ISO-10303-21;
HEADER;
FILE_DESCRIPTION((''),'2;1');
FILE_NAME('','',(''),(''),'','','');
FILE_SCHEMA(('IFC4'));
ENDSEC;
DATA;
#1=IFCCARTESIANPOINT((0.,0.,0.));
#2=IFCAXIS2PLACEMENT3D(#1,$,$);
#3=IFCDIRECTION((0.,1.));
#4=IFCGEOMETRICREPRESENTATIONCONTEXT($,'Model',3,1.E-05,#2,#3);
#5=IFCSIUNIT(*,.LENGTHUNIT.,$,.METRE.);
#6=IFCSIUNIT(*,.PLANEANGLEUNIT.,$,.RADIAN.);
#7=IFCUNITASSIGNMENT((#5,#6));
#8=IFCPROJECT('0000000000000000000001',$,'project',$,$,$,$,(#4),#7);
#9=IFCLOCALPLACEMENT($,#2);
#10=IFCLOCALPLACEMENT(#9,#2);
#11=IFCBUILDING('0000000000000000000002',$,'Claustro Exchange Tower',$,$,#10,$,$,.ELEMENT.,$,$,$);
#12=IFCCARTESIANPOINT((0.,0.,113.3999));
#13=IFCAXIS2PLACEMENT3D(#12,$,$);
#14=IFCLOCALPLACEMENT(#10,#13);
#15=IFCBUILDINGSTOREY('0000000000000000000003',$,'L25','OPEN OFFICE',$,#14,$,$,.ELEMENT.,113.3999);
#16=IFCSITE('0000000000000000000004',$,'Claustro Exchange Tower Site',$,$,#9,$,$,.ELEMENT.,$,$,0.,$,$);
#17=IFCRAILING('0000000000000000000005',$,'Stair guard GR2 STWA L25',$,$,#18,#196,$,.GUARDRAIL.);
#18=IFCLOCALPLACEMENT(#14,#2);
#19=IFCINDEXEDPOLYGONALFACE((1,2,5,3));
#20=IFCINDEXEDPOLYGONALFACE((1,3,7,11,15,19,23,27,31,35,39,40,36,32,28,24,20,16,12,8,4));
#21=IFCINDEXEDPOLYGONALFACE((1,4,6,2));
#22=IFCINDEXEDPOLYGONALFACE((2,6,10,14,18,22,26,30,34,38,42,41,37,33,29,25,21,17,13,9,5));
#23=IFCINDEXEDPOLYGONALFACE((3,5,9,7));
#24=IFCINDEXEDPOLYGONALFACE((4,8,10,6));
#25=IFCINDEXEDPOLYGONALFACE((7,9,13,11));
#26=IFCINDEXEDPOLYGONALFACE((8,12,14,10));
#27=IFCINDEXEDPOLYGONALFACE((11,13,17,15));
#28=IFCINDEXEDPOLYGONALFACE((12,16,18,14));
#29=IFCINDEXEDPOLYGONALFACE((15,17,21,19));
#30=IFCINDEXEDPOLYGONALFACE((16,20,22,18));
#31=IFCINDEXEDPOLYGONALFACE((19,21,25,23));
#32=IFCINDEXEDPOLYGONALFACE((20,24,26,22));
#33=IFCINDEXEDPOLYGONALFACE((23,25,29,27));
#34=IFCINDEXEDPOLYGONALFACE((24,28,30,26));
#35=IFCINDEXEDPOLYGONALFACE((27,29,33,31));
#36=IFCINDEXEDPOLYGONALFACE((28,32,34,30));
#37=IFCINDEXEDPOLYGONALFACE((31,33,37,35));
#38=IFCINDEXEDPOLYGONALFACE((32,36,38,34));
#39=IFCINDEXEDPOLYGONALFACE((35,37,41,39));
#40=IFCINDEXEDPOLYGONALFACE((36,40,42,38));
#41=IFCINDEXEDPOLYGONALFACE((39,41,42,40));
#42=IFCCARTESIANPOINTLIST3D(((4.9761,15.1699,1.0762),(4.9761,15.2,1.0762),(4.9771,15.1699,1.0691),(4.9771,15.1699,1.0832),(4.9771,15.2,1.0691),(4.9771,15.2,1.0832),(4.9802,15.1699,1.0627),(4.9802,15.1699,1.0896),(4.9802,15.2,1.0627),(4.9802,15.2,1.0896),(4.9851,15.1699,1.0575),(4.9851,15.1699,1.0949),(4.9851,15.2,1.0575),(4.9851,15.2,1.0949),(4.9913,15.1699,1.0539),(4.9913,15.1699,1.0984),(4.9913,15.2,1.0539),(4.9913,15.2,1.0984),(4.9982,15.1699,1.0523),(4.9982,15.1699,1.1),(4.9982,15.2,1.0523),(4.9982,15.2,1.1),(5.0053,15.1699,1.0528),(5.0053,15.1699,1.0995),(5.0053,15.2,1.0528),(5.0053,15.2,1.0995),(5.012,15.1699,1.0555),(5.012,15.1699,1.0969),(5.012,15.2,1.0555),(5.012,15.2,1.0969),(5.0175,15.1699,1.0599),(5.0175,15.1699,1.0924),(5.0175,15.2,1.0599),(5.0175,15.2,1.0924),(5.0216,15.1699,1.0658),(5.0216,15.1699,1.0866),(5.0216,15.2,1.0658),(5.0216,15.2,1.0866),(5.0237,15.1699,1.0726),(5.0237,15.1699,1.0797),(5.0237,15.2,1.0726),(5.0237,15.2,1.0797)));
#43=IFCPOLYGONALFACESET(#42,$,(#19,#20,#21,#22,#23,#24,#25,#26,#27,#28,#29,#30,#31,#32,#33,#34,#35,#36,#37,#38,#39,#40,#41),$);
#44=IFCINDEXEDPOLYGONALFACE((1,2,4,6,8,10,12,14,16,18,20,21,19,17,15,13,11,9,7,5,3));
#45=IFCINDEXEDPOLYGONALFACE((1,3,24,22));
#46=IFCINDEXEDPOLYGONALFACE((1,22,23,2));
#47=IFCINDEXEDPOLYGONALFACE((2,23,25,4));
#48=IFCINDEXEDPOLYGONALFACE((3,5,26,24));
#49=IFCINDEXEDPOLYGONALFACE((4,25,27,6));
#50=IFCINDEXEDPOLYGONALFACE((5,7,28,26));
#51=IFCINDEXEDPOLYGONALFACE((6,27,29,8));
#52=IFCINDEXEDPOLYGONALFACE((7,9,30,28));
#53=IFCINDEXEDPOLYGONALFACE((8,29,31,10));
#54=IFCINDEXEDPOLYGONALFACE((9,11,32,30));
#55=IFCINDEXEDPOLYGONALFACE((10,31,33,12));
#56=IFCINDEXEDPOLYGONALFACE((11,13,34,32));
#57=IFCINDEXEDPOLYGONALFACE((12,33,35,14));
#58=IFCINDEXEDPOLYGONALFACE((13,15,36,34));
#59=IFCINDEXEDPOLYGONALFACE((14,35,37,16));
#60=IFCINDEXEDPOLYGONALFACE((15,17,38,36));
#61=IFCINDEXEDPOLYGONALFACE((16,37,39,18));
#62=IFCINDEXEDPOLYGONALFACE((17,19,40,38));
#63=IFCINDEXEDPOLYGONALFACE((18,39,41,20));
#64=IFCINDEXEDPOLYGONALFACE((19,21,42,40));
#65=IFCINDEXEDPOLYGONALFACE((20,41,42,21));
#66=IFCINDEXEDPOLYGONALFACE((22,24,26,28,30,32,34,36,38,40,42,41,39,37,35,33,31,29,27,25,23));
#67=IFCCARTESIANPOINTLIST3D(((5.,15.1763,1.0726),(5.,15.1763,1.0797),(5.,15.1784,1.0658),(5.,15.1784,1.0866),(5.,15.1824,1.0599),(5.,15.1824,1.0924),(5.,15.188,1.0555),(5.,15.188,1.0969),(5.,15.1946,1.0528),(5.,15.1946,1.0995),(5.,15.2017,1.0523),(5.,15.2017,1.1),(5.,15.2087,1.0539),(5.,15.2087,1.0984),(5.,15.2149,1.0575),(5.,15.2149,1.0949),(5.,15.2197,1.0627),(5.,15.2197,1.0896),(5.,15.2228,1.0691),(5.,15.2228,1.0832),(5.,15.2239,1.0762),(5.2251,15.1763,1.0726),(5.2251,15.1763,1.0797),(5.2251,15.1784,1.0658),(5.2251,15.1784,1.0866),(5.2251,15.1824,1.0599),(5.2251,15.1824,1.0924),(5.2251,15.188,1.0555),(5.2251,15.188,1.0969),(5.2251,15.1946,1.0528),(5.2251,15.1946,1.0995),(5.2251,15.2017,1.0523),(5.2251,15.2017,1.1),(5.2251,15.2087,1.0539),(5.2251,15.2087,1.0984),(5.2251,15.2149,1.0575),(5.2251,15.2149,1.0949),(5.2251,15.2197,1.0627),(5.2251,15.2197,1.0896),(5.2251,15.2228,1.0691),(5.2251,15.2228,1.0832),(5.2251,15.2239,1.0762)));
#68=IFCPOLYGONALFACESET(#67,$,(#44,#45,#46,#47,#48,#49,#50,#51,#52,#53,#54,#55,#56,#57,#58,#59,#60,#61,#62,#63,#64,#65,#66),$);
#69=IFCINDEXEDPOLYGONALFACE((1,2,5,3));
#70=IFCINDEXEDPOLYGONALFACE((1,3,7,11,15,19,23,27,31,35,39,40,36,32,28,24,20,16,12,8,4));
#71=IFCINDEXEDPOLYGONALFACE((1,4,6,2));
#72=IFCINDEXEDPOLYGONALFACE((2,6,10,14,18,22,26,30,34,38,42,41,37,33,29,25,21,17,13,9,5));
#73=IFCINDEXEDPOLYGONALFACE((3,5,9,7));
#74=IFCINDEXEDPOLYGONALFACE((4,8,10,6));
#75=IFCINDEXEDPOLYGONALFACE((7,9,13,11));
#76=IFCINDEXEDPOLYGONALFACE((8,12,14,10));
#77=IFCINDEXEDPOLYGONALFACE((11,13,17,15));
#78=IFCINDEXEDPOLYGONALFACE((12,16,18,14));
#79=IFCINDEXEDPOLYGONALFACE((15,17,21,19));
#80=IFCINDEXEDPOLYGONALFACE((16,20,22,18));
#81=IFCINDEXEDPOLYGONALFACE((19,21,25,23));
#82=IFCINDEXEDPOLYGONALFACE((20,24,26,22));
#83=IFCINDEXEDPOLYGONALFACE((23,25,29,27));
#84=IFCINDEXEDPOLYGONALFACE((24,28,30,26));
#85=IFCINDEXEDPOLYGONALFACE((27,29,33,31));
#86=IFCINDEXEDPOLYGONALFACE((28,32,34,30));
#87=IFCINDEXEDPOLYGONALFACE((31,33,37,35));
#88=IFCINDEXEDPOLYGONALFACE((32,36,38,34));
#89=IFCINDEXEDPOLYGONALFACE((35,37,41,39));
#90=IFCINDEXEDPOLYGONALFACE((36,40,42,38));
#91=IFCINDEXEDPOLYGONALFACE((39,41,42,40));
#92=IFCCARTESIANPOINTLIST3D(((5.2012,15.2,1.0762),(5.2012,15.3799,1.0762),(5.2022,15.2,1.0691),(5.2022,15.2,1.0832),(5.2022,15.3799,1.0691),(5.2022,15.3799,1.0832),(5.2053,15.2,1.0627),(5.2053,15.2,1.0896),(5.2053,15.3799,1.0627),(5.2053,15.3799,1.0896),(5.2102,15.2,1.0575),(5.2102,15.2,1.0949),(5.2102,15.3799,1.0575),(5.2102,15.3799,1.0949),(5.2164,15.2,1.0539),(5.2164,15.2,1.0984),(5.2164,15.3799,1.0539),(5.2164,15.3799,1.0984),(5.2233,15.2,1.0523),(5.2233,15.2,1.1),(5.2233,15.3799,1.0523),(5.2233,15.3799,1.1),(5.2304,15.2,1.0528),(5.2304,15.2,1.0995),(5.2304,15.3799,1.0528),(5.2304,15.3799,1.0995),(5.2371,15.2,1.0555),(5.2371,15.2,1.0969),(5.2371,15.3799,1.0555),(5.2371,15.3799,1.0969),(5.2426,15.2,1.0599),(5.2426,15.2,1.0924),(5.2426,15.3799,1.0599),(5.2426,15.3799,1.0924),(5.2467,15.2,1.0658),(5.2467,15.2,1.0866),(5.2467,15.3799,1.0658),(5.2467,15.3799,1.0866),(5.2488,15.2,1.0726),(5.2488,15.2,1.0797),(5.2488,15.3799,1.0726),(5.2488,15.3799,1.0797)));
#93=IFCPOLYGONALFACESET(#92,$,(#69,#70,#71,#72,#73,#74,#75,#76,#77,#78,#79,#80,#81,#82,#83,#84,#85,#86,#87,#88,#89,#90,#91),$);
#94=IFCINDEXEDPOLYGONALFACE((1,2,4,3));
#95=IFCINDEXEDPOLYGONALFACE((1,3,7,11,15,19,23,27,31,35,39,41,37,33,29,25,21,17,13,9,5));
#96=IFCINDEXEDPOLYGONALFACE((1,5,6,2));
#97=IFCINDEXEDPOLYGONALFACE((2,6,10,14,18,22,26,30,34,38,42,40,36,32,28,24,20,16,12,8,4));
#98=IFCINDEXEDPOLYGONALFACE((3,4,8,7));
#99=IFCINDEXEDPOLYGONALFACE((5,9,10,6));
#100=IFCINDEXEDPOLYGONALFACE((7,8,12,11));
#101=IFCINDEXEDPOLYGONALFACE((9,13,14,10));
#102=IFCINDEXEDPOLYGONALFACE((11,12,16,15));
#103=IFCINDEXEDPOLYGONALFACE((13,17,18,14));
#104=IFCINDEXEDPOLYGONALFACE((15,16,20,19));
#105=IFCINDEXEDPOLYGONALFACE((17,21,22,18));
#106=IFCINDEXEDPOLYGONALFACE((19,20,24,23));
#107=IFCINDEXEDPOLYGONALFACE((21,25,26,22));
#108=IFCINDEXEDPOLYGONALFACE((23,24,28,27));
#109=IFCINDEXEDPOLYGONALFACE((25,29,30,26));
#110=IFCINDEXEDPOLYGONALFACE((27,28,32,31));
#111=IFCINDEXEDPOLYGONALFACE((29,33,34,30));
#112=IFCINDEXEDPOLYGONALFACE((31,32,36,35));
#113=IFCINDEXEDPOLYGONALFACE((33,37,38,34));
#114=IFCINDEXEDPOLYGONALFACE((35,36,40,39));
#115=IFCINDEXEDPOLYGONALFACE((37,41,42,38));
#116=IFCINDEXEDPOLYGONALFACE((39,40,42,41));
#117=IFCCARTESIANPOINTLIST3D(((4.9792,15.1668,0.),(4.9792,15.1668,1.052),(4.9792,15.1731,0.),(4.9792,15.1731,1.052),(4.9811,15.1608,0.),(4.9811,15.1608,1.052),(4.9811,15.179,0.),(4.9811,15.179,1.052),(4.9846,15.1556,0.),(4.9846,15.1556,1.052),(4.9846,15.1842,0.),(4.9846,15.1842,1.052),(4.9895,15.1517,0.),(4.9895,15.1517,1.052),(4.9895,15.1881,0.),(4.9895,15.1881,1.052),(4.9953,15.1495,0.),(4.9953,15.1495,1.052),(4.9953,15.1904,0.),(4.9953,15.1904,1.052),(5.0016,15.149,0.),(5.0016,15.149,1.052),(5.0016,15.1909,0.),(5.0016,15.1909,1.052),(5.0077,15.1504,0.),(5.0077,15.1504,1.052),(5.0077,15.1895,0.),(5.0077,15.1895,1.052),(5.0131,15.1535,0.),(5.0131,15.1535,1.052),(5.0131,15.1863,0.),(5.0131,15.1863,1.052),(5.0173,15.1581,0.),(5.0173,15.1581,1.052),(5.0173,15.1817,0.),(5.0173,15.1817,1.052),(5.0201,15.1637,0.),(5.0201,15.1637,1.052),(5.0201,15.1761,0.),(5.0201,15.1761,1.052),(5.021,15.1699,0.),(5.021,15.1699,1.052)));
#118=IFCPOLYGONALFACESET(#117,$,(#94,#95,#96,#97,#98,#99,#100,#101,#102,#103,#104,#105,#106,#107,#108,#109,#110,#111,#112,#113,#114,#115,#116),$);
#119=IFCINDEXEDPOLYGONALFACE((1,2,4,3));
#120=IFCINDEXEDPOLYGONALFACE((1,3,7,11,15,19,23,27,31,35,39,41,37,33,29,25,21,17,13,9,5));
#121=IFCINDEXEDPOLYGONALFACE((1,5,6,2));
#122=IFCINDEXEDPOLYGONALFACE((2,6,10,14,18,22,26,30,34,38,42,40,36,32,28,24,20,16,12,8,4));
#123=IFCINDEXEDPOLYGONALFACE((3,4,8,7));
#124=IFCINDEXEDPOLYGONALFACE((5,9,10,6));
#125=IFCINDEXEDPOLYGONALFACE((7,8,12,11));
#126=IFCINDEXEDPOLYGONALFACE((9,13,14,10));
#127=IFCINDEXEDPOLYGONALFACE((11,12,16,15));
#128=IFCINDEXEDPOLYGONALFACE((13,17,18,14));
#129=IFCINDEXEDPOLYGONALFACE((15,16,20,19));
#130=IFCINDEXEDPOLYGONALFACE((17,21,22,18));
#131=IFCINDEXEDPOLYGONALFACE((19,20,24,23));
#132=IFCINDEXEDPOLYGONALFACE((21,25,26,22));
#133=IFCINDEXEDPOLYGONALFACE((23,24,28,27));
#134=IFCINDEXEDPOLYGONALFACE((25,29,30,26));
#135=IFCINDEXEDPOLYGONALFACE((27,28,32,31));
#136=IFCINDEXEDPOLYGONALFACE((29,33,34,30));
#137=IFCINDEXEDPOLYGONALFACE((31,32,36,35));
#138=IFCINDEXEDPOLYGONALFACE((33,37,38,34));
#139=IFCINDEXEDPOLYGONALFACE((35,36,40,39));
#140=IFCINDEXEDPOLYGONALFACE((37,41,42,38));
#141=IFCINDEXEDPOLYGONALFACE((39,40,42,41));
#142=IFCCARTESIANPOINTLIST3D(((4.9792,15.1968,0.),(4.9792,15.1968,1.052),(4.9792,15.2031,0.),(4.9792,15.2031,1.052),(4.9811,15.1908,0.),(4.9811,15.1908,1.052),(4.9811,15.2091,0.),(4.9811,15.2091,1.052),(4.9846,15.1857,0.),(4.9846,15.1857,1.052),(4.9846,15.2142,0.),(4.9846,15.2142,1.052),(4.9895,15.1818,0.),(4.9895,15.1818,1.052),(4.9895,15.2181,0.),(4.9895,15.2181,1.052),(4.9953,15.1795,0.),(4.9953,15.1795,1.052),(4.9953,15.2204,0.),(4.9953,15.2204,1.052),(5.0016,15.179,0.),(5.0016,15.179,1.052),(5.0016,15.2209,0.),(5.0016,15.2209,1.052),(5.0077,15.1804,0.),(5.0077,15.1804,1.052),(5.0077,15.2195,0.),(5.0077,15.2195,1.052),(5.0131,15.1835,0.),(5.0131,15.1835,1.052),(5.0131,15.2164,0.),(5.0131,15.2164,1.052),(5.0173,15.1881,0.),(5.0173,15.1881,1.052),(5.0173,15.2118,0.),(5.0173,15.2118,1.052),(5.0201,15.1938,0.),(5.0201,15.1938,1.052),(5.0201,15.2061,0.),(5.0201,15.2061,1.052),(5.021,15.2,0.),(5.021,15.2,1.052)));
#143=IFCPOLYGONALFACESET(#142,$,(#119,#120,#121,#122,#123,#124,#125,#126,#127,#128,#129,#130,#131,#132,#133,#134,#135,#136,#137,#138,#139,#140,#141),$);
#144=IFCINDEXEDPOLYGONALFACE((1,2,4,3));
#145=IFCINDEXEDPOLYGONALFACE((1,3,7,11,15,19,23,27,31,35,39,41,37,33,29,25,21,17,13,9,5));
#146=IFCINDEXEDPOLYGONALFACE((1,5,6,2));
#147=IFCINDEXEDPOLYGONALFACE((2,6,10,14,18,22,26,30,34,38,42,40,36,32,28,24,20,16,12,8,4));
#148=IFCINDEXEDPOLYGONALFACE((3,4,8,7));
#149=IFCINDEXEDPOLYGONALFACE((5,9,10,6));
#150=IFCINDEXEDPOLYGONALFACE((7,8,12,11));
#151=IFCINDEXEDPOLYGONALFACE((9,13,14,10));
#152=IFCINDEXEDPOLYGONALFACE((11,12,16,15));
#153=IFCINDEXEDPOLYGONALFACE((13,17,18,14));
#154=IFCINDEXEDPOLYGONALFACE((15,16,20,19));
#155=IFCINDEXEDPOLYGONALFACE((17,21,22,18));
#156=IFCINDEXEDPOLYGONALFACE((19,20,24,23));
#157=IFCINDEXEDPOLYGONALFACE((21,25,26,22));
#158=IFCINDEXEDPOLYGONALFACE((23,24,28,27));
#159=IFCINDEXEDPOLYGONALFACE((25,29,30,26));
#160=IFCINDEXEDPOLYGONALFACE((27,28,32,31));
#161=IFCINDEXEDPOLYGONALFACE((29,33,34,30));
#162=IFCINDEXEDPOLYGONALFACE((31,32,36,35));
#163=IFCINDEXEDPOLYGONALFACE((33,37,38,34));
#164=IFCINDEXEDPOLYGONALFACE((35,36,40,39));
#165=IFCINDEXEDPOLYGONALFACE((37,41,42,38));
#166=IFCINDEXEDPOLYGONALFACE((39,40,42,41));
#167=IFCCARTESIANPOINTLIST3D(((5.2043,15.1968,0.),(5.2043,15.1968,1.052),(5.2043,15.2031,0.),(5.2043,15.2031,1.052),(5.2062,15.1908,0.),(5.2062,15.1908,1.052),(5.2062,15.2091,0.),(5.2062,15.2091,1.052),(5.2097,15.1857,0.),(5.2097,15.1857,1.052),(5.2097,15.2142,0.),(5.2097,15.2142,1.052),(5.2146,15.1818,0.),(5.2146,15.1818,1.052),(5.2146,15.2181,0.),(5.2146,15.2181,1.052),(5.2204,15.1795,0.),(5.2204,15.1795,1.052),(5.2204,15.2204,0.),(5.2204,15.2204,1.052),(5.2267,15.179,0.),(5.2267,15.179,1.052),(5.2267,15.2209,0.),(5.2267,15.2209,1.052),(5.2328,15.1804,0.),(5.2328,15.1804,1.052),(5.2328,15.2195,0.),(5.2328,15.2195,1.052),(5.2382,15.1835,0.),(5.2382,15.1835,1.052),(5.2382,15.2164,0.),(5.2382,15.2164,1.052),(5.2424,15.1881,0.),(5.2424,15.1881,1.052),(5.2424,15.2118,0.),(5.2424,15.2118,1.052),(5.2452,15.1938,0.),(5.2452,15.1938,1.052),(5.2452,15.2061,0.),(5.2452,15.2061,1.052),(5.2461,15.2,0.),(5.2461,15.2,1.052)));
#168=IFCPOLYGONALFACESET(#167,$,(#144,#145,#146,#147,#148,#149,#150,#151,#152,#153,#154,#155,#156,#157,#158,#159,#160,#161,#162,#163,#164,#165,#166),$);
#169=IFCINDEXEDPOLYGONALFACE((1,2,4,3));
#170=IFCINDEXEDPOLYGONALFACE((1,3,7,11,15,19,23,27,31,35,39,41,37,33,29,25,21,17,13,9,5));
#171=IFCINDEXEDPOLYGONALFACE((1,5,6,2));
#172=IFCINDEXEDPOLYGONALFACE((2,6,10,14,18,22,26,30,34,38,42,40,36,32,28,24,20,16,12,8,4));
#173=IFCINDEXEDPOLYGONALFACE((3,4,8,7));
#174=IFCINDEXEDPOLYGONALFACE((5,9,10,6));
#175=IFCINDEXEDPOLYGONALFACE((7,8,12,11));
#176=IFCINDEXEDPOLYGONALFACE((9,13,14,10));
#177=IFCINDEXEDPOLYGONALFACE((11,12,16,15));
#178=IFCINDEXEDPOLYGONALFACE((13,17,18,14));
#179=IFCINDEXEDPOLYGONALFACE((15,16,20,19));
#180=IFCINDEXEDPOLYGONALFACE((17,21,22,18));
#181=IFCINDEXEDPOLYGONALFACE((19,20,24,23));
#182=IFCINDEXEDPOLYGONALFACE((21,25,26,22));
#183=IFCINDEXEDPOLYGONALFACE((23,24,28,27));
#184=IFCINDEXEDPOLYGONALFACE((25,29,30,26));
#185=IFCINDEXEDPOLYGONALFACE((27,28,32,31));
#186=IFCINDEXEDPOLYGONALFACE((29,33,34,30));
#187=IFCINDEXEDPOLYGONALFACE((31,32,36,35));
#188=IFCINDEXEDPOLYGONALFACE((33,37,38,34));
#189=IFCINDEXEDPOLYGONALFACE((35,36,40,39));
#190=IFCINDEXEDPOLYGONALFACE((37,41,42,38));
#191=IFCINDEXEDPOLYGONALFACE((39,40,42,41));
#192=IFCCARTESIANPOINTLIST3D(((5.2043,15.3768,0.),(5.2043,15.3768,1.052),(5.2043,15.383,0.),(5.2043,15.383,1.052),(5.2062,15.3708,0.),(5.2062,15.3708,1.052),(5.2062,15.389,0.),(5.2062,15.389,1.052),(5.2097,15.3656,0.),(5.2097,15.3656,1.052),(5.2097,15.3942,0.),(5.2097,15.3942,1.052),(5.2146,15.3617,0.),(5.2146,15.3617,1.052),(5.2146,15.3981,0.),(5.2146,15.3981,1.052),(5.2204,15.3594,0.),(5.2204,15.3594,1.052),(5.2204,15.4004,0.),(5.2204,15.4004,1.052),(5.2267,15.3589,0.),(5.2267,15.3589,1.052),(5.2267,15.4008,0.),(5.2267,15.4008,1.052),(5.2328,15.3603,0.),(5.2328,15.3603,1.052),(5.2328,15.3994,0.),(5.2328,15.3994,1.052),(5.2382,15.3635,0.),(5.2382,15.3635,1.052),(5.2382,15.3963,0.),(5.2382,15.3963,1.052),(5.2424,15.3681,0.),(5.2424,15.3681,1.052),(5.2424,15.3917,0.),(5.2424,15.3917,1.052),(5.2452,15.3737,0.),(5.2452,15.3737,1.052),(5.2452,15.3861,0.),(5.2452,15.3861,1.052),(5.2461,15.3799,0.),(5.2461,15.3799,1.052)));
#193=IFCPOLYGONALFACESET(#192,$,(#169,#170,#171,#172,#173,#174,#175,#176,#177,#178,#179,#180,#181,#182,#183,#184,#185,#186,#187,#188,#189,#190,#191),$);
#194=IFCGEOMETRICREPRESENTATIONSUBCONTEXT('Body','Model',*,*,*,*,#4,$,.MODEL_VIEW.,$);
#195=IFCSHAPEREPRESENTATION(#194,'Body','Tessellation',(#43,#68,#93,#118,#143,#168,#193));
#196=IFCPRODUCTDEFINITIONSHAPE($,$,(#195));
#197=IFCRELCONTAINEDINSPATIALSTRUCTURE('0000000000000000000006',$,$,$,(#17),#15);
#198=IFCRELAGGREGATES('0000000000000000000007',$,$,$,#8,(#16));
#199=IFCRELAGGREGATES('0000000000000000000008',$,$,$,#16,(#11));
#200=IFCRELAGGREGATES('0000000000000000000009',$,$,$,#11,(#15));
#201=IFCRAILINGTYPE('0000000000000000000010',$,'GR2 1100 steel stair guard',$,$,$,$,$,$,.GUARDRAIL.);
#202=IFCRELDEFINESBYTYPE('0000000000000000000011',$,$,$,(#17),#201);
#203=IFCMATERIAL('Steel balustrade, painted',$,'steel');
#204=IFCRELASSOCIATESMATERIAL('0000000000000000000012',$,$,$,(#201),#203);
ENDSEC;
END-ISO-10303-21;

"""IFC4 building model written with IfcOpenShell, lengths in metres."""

from ifc_helpers import new_model, si_unit, direction, frame, origin, origin_2d, place, context, subcontext, project, spatial, circle, extrude, material, type_object, element, save


model = new_model("IFC4")

# Units and contexts
model_context = context("Model", 3, precision=1e-05, world=origin(), true_north=direction((0.0, 1.0)))
body_context = subcontext(model_context, "Body", "Model", "MODEL_VIEW")
ifc_project = project(units=[si_unit("LENGTHUNIT", "METRE"), si_unit("PLANEANGLEUNIT", "RADIAN")], contexts=[model_context])

# Site, building, storey
site_placement = place(None, origin())
site = spatial("IfcSite", under=ifc_project, at=site_placement, Name="Claustro Exchange Tower Site", CompositionType="ELEMENT", RefElevation=0.0)
building_placement = place(site_placement, origin())
building = spatial("IfcBuilding", under=site, at=building_placement, Name="Claustro Exchange Tower", CompositionType="ELEMENT")
storey_placement = place(building_placement, frame((0.0, 0.0, 113.3999)))
storey = spatial("IfcBuildingStorey", under=building, at=storey_placement, Name="L25", Description="OPEN OFFICE", CompositionType="ELEMENT", Elevation=113.3999)

# Railing
ifc_material_1 = material(Name="Steel balustrade, painted", Category="steel")
railing_type_1 = type_object("IfcRailingType", Name="GR2 1100 steel stair guard", PredefinedType="GUARDRAIL", material=ifc_material_1)
railing_1_placement = place(storey_placement, frame((5.0, 15.1699, 0.0)))
element("IfcRailing", 1, at=railing_1_placement, inside=storey, type_object=railing_type_1, Name="Stair guard GR2 STWA L25", PredefinedType="GUARDRAIL", context=body_context, shape_type="SweptSolid", body=[
    extrude(circle(Radius=0.0239, at=origin_2d()), frame((0.0, 0.0, 1.0762), z_axis=(0.0, 1.0, 0.0), x_axis=(-1.0, 0.0, 0.0)), (0.0, 0.0, 1.0), 0.03),
    extrude(circle(Radius=0.0239, at=origin_2d()), frame((0.0, 0.03, 1.0762), z_axis=(1.0, 0.0, 0.0), x_axis=(0.0, 1.0, 0.0)), (0.0, 0.0, 1.0), 0.2251),
    extrude(circle(Radius=0.0239, at=origin_2d()), frame((0.2251, 0.03, 1.0762), z_axis=(0.0, 1.0, 0.0), x_axis=(-1.0, 0.0, 0.0)), (0.0, 0.0, 1.0), 0.1799),
    extrude(circle(Radius=0.021, at=origin_2d()), origin(), (0.0, 0.0, 1.0), 1.052),
    extrude(circle(Radius=0.021, at=origin_2d()), frame((0.0, 0.03, 0.0)), (0.0, 0.0, 1.0), 1.052),
    extrude(circle(Radius=0.021, at=origin_2d()), frame((0.2251, 0.03, 0.0)), (0.0, 0.0, 1.0), 1.052),
    extrude(circle(Radius=0.021, at=origin_2d()), frame((0.2251, 0.21, 0.0)), (0.0, 0.0, 1.0), 1.052),
])

save(model, "model.ifc")
